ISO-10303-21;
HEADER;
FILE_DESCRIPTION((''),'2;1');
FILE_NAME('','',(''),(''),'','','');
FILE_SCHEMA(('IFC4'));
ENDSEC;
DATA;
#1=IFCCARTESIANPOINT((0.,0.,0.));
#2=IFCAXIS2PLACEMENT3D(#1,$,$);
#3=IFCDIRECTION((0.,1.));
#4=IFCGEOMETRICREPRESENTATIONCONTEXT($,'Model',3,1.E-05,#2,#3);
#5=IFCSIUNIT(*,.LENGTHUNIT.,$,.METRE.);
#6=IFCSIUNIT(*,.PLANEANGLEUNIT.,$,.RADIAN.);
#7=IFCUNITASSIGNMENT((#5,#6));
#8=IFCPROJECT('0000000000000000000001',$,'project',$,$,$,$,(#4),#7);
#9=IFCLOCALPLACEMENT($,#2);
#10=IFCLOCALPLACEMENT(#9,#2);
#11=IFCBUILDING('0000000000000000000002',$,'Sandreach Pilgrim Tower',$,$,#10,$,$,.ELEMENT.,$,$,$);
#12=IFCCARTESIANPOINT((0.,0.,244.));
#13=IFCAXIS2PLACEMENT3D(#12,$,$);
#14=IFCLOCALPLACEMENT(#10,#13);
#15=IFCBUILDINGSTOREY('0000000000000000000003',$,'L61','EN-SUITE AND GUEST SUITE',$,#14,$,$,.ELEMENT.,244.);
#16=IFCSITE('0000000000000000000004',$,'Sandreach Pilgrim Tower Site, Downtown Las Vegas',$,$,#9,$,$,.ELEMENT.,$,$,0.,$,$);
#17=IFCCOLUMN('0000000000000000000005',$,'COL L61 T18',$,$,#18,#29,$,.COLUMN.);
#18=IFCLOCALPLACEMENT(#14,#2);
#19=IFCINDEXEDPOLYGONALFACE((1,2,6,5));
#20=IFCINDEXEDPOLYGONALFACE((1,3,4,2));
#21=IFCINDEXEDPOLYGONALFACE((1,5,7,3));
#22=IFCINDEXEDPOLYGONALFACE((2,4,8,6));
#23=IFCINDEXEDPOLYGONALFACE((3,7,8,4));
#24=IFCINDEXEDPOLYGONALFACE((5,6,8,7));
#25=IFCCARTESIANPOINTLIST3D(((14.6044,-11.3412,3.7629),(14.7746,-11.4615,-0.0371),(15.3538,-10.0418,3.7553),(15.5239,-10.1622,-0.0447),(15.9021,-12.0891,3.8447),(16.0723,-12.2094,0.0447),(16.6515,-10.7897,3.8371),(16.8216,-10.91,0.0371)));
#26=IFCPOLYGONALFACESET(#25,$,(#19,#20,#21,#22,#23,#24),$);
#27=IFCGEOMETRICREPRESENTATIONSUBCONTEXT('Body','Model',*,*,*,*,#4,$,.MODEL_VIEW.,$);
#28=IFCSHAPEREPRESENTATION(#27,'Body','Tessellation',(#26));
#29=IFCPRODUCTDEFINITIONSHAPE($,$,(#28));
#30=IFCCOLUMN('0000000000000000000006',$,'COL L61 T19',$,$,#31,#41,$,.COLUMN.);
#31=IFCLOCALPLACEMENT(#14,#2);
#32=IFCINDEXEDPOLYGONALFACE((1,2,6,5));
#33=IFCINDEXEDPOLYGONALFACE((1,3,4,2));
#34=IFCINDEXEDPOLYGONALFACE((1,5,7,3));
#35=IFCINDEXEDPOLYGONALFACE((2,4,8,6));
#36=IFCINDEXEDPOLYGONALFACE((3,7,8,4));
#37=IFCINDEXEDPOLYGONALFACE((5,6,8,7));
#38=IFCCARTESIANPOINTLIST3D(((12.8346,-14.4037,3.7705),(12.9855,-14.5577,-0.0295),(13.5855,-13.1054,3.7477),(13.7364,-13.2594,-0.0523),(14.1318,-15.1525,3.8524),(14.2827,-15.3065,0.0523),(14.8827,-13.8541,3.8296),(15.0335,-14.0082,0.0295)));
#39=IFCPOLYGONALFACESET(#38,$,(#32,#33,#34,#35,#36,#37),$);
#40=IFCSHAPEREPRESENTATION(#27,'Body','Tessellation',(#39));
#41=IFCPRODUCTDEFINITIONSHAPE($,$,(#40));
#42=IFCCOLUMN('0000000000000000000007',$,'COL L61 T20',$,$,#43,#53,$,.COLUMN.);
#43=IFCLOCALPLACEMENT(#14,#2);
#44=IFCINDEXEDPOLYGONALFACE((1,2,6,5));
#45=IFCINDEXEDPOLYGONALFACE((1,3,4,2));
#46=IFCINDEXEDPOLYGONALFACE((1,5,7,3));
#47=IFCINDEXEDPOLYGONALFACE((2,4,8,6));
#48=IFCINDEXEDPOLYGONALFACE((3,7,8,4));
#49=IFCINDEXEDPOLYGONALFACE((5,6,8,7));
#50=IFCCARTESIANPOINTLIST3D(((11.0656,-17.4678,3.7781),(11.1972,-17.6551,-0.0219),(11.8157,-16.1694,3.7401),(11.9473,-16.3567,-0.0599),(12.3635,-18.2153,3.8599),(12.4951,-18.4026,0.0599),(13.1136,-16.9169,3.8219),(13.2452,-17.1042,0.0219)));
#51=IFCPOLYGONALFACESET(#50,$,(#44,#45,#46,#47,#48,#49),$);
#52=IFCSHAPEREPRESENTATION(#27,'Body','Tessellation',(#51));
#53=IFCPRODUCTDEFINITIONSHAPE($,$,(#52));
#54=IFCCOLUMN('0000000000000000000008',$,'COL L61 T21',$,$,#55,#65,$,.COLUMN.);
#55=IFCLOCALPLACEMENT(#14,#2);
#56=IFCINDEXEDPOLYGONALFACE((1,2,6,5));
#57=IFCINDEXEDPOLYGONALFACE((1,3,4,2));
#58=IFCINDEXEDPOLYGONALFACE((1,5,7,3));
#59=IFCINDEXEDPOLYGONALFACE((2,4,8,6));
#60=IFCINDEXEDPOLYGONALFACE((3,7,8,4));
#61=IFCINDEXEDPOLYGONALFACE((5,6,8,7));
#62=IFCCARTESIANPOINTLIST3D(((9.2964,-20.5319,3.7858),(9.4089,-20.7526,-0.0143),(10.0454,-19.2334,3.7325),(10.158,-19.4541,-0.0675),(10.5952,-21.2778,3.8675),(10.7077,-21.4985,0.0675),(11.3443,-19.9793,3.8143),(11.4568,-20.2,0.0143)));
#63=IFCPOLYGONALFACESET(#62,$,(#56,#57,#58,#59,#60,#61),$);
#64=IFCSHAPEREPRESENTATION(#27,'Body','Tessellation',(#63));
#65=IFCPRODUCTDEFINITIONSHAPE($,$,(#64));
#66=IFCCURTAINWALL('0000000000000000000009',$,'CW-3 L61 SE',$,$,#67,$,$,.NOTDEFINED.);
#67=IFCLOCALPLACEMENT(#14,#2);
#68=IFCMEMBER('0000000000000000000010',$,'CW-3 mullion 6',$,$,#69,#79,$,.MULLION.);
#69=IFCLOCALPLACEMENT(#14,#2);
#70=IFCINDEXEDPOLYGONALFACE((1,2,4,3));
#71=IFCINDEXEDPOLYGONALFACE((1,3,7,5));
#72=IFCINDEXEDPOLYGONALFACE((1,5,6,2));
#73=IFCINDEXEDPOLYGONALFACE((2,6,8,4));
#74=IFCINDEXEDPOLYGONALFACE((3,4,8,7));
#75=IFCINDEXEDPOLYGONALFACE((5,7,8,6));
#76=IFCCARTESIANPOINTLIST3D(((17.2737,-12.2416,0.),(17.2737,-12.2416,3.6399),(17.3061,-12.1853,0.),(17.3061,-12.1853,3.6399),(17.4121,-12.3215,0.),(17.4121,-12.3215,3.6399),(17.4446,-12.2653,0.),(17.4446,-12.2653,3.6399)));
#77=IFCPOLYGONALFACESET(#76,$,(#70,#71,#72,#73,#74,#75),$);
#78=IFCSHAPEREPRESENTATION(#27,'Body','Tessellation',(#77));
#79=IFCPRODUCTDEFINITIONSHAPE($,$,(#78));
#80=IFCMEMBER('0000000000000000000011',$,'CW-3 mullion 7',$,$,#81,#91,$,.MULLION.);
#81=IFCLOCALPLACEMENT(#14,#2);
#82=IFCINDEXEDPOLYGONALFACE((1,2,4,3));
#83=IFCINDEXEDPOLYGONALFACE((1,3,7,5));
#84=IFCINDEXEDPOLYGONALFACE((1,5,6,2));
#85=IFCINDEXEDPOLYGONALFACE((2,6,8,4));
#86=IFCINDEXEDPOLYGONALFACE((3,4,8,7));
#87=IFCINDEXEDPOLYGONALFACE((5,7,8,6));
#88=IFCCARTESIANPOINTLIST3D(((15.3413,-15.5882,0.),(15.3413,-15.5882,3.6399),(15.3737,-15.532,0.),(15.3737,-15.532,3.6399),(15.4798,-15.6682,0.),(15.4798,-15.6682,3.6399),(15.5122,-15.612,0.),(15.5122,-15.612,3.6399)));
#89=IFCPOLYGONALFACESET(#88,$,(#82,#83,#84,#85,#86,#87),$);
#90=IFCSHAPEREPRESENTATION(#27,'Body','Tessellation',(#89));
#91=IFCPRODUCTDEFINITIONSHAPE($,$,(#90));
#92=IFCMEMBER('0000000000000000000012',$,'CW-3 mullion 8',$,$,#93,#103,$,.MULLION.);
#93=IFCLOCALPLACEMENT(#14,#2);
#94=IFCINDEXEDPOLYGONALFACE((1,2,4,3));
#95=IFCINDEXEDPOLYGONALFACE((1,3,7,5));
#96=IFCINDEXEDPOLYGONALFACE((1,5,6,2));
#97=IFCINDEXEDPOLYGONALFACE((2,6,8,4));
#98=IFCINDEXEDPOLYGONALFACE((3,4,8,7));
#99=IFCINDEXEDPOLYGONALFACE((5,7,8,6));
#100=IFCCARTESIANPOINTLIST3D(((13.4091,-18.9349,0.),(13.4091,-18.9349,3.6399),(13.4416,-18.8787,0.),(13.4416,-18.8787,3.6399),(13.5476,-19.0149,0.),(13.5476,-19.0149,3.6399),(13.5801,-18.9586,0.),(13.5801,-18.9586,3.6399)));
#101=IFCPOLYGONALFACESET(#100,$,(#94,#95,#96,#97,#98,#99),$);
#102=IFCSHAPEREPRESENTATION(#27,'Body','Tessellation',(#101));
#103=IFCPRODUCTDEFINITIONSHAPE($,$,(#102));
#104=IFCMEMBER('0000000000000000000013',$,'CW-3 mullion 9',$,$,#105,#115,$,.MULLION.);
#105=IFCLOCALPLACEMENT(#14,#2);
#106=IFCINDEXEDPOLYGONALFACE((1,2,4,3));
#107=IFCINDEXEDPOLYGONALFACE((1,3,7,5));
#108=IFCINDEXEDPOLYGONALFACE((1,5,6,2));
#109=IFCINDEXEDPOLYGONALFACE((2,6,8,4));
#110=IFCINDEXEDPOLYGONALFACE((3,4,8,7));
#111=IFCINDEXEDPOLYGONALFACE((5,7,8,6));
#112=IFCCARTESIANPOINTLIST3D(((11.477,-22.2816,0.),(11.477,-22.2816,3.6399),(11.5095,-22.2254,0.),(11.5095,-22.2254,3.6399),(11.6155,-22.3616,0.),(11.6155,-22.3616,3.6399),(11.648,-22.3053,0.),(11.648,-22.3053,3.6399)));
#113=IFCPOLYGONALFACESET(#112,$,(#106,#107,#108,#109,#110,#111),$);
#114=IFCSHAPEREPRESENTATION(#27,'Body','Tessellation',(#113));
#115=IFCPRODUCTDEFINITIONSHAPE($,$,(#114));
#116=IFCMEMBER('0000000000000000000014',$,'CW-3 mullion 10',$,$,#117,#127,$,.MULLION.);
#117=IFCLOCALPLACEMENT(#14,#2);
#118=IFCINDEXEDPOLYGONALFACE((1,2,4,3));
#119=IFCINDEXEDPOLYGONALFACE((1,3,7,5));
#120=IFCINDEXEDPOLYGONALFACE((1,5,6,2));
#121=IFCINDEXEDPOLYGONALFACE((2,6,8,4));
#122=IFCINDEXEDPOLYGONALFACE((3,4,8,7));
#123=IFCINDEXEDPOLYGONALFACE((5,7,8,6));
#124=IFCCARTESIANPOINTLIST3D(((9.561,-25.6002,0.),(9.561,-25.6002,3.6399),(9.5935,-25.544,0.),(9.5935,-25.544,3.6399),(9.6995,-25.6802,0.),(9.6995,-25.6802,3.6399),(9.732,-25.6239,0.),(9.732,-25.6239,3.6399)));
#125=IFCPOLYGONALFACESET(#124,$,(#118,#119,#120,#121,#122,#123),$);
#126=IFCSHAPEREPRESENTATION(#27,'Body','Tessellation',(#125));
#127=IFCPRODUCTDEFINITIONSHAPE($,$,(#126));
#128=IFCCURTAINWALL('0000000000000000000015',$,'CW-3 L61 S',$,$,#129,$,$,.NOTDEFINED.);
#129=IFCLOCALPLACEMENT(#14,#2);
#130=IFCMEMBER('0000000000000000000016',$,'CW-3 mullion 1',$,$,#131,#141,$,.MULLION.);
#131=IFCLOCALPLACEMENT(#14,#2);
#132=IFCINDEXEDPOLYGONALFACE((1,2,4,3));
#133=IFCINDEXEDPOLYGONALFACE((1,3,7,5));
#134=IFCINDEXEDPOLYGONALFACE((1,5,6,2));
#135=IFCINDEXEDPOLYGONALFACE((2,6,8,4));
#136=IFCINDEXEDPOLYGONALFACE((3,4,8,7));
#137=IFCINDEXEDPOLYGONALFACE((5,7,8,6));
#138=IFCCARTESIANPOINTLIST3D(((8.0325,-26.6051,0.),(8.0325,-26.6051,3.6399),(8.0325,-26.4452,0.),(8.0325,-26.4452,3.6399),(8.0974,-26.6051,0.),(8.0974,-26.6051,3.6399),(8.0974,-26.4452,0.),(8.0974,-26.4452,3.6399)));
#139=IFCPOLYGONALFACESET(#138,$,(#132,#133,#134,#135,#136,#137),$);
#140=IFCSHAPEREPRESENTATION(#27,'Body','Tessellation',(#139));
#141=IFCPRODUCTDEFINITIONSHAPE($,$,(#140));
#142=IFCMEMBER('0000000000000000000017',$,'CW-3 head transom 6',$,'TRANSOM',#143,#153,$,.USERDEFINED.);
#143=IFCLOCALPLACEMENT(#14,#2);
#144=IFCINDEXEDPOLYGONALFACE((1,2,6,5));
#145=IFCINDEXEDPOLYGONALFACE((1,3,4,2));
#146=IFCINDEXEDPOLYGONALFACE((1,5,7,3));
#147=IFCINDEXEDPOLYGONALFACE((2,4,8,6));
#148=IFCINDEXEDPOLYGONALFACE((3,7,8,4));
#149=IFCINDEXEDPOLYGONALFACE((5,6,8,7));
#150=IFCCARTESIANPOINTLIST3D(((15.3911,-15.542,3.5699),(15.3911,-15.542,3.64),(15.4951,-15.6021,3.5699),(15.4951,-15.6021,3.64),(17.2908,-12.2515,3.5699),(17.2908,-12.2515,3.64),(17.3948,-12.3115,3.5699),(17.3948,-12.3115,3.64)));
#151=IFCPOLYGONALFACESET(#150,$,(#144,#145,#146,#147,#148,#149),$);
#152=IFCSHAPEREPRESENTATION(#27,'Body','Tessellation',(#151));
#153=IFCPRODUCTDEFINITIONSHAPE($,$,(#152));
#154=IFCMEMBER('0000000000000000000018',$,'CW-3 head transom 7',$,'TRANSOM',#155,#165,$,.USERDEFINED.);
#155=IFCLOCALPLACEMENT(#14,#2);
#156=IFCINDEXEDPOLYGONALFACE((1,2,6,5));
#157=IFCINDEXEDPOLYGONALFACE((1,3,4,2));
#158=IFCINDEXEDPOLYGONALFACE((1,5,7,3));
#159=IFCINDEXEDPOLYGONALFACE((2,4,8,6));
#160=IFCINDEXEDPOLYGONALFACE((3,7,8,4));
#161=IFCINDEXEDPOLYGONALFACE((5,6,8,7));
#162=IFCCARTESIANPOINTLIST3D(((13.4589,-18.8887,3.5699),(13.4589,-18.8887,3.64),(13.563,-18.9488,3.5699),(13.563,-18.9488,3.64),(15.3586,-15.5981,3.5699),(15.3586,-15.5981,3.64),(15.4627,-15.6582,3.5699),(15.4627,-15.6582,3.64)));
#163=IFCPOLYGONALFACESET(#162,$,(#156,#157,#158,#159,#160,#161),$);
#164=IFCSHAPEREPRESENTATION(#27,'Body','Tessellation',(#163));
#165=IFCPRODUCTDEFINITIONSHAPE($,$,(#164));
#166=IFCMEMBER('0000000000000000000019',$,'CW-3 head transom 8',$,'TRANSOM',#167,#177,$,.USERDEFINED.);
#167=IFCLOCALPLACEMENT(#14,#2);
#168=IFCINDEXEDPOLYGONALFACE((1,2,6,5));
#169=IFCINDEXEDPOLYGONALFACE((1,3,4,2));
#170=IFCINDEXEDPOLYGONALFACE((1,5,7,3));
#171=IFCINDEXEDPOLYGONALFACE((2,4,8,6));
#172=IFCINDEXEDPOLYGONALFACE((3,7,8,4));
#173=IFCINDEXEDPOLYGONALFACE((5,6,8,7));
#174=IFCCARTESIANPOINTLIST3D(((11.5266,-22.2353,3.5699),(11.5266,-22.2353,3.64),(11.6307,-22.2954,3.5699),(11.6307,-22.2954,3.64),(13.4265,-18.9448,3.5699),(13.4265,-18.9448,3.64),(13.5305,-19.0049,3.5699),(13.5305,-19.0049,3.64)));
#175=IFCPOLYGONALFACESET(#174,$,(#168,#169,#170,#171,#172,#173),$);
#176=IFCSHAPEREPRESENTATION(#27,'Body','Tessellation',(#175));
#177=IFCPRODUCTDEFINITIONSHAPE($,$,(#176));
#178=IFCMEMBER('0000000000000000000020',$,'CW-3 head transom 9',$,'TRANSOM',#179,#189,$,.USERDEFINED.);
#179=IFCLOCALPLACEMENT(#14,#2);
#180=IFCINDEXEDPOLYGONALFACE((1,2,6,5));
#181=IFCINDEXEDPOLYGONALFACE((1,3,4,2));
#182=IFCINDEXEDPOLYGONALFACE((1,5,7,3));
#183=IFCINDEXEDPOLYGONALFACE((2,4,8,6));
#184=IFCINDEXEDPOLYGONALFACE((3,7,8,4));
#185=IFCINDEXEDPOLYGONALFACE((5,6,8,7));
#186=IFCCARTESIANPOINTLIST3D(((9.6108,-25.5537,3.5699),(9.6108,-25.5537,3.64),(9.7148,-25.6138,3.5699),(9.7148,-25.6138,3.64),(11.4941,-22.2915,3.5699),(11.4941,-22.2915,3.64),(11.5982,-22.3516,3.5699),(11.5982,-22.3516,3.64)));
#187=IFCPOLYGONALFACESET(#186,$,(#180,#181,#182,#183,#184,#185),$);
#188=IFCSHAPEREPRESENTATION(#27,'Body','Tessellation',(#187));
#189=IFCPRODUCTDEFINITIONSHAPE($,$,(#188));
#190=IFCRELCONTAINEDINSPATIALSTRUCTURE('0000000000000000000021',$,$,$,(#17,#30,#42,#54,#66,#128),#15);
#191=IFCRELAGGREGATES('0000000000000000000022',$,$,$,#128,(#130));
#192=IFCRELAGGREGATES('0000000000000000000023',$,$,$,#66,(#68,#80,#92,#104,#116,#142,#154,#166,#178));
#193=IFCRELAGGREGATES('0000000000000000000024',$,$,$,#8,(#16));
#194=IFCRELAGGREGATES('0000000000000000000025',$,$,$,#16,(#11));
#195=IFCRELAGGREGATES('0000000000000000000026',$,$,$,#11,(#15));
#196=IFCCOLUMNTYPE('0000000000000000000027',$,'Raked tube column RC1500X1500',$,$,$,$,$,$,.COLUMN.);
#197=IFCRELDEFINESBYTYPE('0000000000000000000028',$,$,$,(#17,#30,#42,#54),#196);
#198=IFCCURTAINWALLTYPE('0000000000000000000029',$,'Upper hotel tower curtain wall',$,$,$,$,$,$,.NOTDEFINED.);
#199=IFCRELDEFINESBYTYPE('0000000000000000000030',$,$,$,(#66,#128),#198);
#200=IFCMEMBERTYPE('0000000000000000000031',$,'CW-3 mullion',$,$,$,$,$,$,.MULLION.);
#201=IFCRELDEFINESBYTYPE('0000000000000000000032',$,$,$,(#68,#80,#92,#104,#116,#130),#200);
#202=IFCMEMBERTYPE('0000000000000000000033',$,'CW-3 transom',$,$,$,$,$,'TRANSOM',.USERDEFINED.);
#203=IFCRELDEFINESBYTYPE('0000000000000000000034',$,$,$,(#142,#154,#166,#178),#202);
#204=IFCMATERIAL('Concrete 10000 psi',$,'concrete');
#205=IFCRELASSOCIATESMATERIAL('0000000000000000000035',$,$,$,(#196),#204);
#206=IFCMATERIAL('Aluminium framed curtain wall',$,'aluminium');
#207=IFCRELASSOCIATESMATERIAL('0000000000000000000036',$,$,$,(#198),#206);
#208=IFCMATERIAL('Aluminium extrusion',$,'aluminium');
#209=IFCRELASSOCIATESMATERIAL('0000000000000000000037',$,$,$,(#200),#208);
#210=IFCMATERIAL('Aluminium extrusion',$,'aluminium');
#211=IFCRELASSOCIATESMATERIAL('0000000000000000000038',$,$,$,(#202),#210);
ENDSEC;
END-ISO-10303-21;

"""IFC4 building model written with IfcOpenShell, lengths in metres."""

from ifc_helpers import new_model, si_unit, direction, frame, origin, origin_2d, place, context, subcontext, project, spatial, rectangle, extrude, material, material_profile, profile_set, type_object, element, aggregate, save


model = new_model("IFC4")

# Units and contexts
model_context = context("Model", 3, precision=1e-05, world=origin(), true_north=direction((0.0, 1.0)))
body_context = subcontext(model_context, "Body", "Model", "MODEL_VIEW")
ifc_project = project(units=[si_unit("LENGTHUNIT", "METRE"), si_unit("PLANEANGLEUNIT", "RADIAN")], contexts=[model_context])

# Site, building, storey
site_placement = place(None, origin())
site = spatial("IfcSite", under=ifc_project, at=site_placement, Name="Sandreach Pilgrim Tower Site, Downtown Las Vegas", CompositionType="ELEMENT", RefElevation=0.0)
building_placement = place(site_placement, origin())
building = spatial("IfcBuilding", under=site, at=building_placement, Name="Sandreach Pilgrim Tower", CompositionType="ELEMENT")
storey_placement = place(building_placement, frame((0.0, 0.0, 244.0)))
storey = spatial("IfcBuildingStorey", under=building, at=storey_placement, Name="L61", Description="EN-SUITE AND GUEST SUITE", CompositionType="ELEMENT", Elevation=244.0)

# Columns
ifc_material_1 = material(Name="Concrete 10000 psi", Category="concrete")
ifc_material_profile_1 = material_profile(ifc_material_1, rectangle(XDim=1.5, YDim=1.5, at=origin_2d()), Name="RC1500X1500")
ifc_profile_set_1 = profile_set([ifc_material_profile_1], Name="Concrete 10000 psi")
column_type = type_object("IfcColumnType", Name="Raked tube column RC1500X1500", PredefinedType="COLUMN", material=ifc_profile_set_1)
column_1_placement = place(storey_placement, frame((15.7981, -11.1858, 0.0), z_axis=(-0.044713, 0.031626, 0.998499), x_axis=(0.865119, -0.498593, 0.054532)))
element("IfcColumn", 1, at=column_1_placement, inside=storey, type_object=column_type, Name="COL L61 T18", PredefinedType="COLUMN", context=body_context, shape_type="SweptSolid", body=[
    extrude(rectangle(XDim=1.5, YDim=1.5, at=origin_2d()), origin(), (0.0, 0.0, 1.0), 3.8057),
])
column_2_placement = place(storey_placement, frame((14.0095, -14.283, 0.0), z_axis=(-0.039641, 0.040475, 0.998394), x_axis=(0.864775, -0.499185, 0.054572)))
element("IfcColumn", 2, at=column_2_placement, inside=storey, type_object=column_type, Name="COL L61 T19", PredefinedType="COLUMN", context=body_context, shape_type="SweptSolid", body=[
    extrude(rectangle(XDim=1.5, YDim=1.5, at=origin_2d()), origin(), (0.0, 0.0, 1.0), 3.8062),
])
column_3_placement = place(storey_placement, frame((12.2212, -17.3796, 0.0), z_axis=(-0.034566, 0.049188, 0.998191), x_axis=(0.865277, -0.49832, 0.054519)))
element("IfcColumn", 3, at=column_3_placement, inside=storey, type_object=column_type, Name="COL L61 T20", PredefinedType="COLUMN", context=body_context, shape_type="SweptSolid", body=[
    extrude(rectangle(XDim=1.5, YDim=1.5, at=origin_2d()), origin(), (0.0, 0.0, 1.0), 3.8069),
])
column_4_placement = place(storey_placement, frame((10.4329, -20.4763, 0.0), z_axis=(-0.029555, 0.057956, 0.997882), x_axis=(0.865881, -0.49727, 0.054526)))
element("IfcColumn", 4, at=column_4_placement, inside=storey, type_object=column_type, Name="COL L61 T21", PredefinedType="COLUMN", context=body_context, shape_type="SweptSolid", body=[
    extrude(rectangle(XDim=1.5, YDim=1.5, at=origin_2d()), origin(), (0.0, 0.0, 1.0), 3.8081),
])

# Curtain wall, members
ifc_material_2 = material(Name="Aluminium framed curtain wall", Category="aluminium")
curtain_wall_type = type_object("IfcCurtainWallType", Name="Upper hotel tower curtain wall", PredefinedType="NOTDEFINED", material=ifc_material_2)
curtain_wall_1_placement = place(storey_placement, origin())
curtain_wall_1 = element("IfcCurtainWall", 5, at=curtain_wall_1_placement, inside=storey, type_object=curtain_wall_type, Name="CW-3 L61 SE", PredefinedType="NOTDEFINED")
ifc_material_3 = material(Name="Aluminium extrusion", Category="aluminium")
ifc_material_profile_2 = material_profile(ifc_material_3, rectangle(XDim=0.0649, YDim=0.1599, at=origin_2d()), Name="CW-3M 65X160")
ifc_profile_set_2 = profile_set([ifc_material_profile_2], Name="Aluminium extrusion")
member_type_1 = type_object("IfcMemberType", Name="CW-3 mullion", PredefinedType="MULLION", material=ifc_profile_set_2)
member_1_placement = place(storey_placement, frame((17.3591, -12.2534, 0.0), z_axis=(0.0, 0.0, 1.0), x_axis=(-0.5, -0.866025, 0.0)))
member_1 = element("IfcMember", 6, at=member_1_placement, type_object=member_type_1, Name="CW-3 mullion 6", PredefinedType="MULLION", context=body_context, shape_type="SweptSolid", body=[
    extrude(rectangle(XDim=0.0649, YDim=0.1599, at=origin_2d()), origin(), (0.0, 0.0, 1.0), 3.6399),
])
member_2_placement = place(storey_placement, frame((15.4268, -15.6001, 0.0), z_axis=(0.0, 0.0, 1.0), x_axis=(-0.5, -0.866025, 0.0)))
member_2 = element("IfcMember", 7, at=member_2_placement, type_object=member_type_1, Name="CW-3 mullion 7", PredefinedType="MULLION", context=body_context, shape_type="SweptSolid", body=[
    extrude(rectangle(XDim=0.0649, YDim=0.1599, at=origin_2d()), origin(), (0.0, 0.0, 1.0), 3.6399),
])
member_3_placement = place(storey_placement, frame((13.4946, -18.9468, 0.0), z_axis=(0.0, 0.0, 1.0), x_axis=(-0.5, -0.866025, 0.0)))
member_3 = element("IfcMember", 8, at=member_3_placement, type_object=member_type_1, Name="CW-3 mullion 8", PredefinedType="MULLION", context=body_context, shape_type="SweptSolid", body=[
    extrude(rectangle(XDim=0.0649, YDim=0.1599, at=origin_2d()), origin(), (0.0, 0.0, 1.0), 3.6399),
])
member_4_placement = place(storey_placement, frame((11.5625, -22.2935, 0.0), z_axis=(0.0, 0.0, 1.0), x_axis=(-0.5, -0.866025, 0.0)))
member_4 = element("IfcMember", 9, at=member_4_placement, type_object=member_type_1, Name="CW-3 mullion 9", PredefinedType="MULLION", context=body_context, shape_type="SweptSolid", body=[
    extrude(rectangle(XDim=0.0649, YDim=0.1599, at=origin_2d()), origin(), (0.0, 0.0, 1.0), 3.6399),
])
member_5_placement = place(storey_placement, frame((9.6465, -25.6121, 0.0), z_axis=(0.0, 0.0, 1.0), x_axis=(-0.5, -0.866025, 0.0)))
member_5 = element("IfcMember", 10, at=member_5_placement, type_object=member_type_1, Name="CW-3 mullion 10", PredefinedType="MULLION", context=body_context, shape_type="SweptSolid", body=[
    extrude(rectangle(XDim=0.0649, YDim=0.1599, at=origin_2d()), origin(), (0.0, 0.0, 1.0), 3.6399),
])

# Curtain wall, member
curtain_wall_2_placement = place(storey_placement, origin())
curtain_wall_2 = element("IfcCurtainWall", 11, at=curtain_wall_2_placement, inside=storey, type_object=curtain_wall_type, Name="CW-3 L61 S", PredefinedType="NOTDEFINED")
member_6_placement = place(storey_placement, frame((8.0649, -26.5251, 0.0), z_axis=(0.0, 0.0, 1.0), x_axis=(-1.0, 0.0, 0.0)))
member_6 = element("IfcMember", 12, at=member_6_placement, type_object=member_type_1, Name="CW-3 mullion 1", PredefinedType="MULLION", context=body_context, shape_type="SweptSolid", body=[
    extrude(rectangle(XDim=0.0649, YDim=0.1599, at=origin_2d()), origin(), (0.0, 0.0, 1.0), 3.6399),
])

# Members
ifc_material_4 = material(Name="Aluminium extrusion", Category="aluminium")
ifc_material_profile_3 = material_profile(ifc_material_4, rectangle(XDim=0.1201, YDim=0.0701, at=origin_2d()), Name="CW-3T 120X70")
ifc_profile_set_3 = profile_set([ifc_material_profile_3], Name="Aluminium extrusion")
member_type_2 = type_object("IfcMemberType", Name="CW-3 transom", ElementType="TRANSOM", PredefinedType="USERDEFINED", material=ifc_profile_set_3)
member_7_placement = place(storey_placement, frame((17.3428, -12.2815, 3.605), z_axis=(-0.499975, -0.86604, 0.0), x_axis=(0.86604, -0.499975, 0.0)))
member_7 = element("IfcMember", 13, at=member_7_placement, type_object=member_type_2, Name="CW-3 head transom 6", ObjectType="TRANSOM", PredefinedType="USERDEFINED", context=body_context, shape_type="SweptSolid", body=[
    extrude(rectangle(XDim=0.1201, YDim=0.0701, at=origin_2d()), origin(), (0.0, 0.0, 1.0), 3.7996),
])
member_8_placement = place(storey_placement, frame((15.4106, -15.6282, 3.605), z_axis=(-0.499975, -0.86604, 0.0), x_axis=(0.86604, -0.499975, 0.0)))
member_8 = element("IfcMember", 14, at=member_8_placement, type_object=member_type_2, Name="CW-3 head transom 7", ObjectType="TRANSOM", PredefinedType="USERDEFINED", context=body_context, shape_type="SweptSolid", body=[
    extrude(rectangle(XDim=0.1201, YDim=0.0701, at=origin_2d()), origin(), (0.0, 0.0, 1.0), 3.7996),
])
member_9_placement = place(storey_placement, frame((13.4785, -18.9749, 3.605), z_axis=(-0.500023, -0.866012, 0.0), x_axis=(0.866012, -0.500023, 0.0)))
member_9 = element("IfcMember", 15, at=member_9_placement, type_object=member_type_2, Name="CW-3 head transom 8", ObjectType="TRANSOM", PredefinedType="USERDEFINED", context=body_context, shape_type="SweptSolid", body=[
    extrude(rectangle(XDim=0.1201, YDim=0.0701, at=origin_2d()), origin(), (0.0, 0.0, 1.0), 3.7996),
])
member_10_placement = place(storey_placement, frame((11.5461, -22.3215, 3.605), z_axis=(-0.499973, -0.866041, 0.0), x_axis=(0.866041, -0.499973, 0.0)))
member_10 = element("IfcMember", 16, at=member_10_placement, type_object=member_type_2, Name="CW-3 head transom 9", ObjectType="TRANSOM", PredefinedType="USERDEFINED", context=body_context, shape_type="SweptSolid", body=[
    extrude(rectangle(XDim=0.1201, YDim=0.0701, at=origin_2d()), origin(), (0.0, 0.0, 1.0), 3.7668),
])
aggregate(curtain_wall_2, [member_6])

aggregate(curtain_wall_1, [member_1, member_2, member_3, member_4, member_5, member_7, member_8, member_9, member_10])

save(model, "model.ifc")
